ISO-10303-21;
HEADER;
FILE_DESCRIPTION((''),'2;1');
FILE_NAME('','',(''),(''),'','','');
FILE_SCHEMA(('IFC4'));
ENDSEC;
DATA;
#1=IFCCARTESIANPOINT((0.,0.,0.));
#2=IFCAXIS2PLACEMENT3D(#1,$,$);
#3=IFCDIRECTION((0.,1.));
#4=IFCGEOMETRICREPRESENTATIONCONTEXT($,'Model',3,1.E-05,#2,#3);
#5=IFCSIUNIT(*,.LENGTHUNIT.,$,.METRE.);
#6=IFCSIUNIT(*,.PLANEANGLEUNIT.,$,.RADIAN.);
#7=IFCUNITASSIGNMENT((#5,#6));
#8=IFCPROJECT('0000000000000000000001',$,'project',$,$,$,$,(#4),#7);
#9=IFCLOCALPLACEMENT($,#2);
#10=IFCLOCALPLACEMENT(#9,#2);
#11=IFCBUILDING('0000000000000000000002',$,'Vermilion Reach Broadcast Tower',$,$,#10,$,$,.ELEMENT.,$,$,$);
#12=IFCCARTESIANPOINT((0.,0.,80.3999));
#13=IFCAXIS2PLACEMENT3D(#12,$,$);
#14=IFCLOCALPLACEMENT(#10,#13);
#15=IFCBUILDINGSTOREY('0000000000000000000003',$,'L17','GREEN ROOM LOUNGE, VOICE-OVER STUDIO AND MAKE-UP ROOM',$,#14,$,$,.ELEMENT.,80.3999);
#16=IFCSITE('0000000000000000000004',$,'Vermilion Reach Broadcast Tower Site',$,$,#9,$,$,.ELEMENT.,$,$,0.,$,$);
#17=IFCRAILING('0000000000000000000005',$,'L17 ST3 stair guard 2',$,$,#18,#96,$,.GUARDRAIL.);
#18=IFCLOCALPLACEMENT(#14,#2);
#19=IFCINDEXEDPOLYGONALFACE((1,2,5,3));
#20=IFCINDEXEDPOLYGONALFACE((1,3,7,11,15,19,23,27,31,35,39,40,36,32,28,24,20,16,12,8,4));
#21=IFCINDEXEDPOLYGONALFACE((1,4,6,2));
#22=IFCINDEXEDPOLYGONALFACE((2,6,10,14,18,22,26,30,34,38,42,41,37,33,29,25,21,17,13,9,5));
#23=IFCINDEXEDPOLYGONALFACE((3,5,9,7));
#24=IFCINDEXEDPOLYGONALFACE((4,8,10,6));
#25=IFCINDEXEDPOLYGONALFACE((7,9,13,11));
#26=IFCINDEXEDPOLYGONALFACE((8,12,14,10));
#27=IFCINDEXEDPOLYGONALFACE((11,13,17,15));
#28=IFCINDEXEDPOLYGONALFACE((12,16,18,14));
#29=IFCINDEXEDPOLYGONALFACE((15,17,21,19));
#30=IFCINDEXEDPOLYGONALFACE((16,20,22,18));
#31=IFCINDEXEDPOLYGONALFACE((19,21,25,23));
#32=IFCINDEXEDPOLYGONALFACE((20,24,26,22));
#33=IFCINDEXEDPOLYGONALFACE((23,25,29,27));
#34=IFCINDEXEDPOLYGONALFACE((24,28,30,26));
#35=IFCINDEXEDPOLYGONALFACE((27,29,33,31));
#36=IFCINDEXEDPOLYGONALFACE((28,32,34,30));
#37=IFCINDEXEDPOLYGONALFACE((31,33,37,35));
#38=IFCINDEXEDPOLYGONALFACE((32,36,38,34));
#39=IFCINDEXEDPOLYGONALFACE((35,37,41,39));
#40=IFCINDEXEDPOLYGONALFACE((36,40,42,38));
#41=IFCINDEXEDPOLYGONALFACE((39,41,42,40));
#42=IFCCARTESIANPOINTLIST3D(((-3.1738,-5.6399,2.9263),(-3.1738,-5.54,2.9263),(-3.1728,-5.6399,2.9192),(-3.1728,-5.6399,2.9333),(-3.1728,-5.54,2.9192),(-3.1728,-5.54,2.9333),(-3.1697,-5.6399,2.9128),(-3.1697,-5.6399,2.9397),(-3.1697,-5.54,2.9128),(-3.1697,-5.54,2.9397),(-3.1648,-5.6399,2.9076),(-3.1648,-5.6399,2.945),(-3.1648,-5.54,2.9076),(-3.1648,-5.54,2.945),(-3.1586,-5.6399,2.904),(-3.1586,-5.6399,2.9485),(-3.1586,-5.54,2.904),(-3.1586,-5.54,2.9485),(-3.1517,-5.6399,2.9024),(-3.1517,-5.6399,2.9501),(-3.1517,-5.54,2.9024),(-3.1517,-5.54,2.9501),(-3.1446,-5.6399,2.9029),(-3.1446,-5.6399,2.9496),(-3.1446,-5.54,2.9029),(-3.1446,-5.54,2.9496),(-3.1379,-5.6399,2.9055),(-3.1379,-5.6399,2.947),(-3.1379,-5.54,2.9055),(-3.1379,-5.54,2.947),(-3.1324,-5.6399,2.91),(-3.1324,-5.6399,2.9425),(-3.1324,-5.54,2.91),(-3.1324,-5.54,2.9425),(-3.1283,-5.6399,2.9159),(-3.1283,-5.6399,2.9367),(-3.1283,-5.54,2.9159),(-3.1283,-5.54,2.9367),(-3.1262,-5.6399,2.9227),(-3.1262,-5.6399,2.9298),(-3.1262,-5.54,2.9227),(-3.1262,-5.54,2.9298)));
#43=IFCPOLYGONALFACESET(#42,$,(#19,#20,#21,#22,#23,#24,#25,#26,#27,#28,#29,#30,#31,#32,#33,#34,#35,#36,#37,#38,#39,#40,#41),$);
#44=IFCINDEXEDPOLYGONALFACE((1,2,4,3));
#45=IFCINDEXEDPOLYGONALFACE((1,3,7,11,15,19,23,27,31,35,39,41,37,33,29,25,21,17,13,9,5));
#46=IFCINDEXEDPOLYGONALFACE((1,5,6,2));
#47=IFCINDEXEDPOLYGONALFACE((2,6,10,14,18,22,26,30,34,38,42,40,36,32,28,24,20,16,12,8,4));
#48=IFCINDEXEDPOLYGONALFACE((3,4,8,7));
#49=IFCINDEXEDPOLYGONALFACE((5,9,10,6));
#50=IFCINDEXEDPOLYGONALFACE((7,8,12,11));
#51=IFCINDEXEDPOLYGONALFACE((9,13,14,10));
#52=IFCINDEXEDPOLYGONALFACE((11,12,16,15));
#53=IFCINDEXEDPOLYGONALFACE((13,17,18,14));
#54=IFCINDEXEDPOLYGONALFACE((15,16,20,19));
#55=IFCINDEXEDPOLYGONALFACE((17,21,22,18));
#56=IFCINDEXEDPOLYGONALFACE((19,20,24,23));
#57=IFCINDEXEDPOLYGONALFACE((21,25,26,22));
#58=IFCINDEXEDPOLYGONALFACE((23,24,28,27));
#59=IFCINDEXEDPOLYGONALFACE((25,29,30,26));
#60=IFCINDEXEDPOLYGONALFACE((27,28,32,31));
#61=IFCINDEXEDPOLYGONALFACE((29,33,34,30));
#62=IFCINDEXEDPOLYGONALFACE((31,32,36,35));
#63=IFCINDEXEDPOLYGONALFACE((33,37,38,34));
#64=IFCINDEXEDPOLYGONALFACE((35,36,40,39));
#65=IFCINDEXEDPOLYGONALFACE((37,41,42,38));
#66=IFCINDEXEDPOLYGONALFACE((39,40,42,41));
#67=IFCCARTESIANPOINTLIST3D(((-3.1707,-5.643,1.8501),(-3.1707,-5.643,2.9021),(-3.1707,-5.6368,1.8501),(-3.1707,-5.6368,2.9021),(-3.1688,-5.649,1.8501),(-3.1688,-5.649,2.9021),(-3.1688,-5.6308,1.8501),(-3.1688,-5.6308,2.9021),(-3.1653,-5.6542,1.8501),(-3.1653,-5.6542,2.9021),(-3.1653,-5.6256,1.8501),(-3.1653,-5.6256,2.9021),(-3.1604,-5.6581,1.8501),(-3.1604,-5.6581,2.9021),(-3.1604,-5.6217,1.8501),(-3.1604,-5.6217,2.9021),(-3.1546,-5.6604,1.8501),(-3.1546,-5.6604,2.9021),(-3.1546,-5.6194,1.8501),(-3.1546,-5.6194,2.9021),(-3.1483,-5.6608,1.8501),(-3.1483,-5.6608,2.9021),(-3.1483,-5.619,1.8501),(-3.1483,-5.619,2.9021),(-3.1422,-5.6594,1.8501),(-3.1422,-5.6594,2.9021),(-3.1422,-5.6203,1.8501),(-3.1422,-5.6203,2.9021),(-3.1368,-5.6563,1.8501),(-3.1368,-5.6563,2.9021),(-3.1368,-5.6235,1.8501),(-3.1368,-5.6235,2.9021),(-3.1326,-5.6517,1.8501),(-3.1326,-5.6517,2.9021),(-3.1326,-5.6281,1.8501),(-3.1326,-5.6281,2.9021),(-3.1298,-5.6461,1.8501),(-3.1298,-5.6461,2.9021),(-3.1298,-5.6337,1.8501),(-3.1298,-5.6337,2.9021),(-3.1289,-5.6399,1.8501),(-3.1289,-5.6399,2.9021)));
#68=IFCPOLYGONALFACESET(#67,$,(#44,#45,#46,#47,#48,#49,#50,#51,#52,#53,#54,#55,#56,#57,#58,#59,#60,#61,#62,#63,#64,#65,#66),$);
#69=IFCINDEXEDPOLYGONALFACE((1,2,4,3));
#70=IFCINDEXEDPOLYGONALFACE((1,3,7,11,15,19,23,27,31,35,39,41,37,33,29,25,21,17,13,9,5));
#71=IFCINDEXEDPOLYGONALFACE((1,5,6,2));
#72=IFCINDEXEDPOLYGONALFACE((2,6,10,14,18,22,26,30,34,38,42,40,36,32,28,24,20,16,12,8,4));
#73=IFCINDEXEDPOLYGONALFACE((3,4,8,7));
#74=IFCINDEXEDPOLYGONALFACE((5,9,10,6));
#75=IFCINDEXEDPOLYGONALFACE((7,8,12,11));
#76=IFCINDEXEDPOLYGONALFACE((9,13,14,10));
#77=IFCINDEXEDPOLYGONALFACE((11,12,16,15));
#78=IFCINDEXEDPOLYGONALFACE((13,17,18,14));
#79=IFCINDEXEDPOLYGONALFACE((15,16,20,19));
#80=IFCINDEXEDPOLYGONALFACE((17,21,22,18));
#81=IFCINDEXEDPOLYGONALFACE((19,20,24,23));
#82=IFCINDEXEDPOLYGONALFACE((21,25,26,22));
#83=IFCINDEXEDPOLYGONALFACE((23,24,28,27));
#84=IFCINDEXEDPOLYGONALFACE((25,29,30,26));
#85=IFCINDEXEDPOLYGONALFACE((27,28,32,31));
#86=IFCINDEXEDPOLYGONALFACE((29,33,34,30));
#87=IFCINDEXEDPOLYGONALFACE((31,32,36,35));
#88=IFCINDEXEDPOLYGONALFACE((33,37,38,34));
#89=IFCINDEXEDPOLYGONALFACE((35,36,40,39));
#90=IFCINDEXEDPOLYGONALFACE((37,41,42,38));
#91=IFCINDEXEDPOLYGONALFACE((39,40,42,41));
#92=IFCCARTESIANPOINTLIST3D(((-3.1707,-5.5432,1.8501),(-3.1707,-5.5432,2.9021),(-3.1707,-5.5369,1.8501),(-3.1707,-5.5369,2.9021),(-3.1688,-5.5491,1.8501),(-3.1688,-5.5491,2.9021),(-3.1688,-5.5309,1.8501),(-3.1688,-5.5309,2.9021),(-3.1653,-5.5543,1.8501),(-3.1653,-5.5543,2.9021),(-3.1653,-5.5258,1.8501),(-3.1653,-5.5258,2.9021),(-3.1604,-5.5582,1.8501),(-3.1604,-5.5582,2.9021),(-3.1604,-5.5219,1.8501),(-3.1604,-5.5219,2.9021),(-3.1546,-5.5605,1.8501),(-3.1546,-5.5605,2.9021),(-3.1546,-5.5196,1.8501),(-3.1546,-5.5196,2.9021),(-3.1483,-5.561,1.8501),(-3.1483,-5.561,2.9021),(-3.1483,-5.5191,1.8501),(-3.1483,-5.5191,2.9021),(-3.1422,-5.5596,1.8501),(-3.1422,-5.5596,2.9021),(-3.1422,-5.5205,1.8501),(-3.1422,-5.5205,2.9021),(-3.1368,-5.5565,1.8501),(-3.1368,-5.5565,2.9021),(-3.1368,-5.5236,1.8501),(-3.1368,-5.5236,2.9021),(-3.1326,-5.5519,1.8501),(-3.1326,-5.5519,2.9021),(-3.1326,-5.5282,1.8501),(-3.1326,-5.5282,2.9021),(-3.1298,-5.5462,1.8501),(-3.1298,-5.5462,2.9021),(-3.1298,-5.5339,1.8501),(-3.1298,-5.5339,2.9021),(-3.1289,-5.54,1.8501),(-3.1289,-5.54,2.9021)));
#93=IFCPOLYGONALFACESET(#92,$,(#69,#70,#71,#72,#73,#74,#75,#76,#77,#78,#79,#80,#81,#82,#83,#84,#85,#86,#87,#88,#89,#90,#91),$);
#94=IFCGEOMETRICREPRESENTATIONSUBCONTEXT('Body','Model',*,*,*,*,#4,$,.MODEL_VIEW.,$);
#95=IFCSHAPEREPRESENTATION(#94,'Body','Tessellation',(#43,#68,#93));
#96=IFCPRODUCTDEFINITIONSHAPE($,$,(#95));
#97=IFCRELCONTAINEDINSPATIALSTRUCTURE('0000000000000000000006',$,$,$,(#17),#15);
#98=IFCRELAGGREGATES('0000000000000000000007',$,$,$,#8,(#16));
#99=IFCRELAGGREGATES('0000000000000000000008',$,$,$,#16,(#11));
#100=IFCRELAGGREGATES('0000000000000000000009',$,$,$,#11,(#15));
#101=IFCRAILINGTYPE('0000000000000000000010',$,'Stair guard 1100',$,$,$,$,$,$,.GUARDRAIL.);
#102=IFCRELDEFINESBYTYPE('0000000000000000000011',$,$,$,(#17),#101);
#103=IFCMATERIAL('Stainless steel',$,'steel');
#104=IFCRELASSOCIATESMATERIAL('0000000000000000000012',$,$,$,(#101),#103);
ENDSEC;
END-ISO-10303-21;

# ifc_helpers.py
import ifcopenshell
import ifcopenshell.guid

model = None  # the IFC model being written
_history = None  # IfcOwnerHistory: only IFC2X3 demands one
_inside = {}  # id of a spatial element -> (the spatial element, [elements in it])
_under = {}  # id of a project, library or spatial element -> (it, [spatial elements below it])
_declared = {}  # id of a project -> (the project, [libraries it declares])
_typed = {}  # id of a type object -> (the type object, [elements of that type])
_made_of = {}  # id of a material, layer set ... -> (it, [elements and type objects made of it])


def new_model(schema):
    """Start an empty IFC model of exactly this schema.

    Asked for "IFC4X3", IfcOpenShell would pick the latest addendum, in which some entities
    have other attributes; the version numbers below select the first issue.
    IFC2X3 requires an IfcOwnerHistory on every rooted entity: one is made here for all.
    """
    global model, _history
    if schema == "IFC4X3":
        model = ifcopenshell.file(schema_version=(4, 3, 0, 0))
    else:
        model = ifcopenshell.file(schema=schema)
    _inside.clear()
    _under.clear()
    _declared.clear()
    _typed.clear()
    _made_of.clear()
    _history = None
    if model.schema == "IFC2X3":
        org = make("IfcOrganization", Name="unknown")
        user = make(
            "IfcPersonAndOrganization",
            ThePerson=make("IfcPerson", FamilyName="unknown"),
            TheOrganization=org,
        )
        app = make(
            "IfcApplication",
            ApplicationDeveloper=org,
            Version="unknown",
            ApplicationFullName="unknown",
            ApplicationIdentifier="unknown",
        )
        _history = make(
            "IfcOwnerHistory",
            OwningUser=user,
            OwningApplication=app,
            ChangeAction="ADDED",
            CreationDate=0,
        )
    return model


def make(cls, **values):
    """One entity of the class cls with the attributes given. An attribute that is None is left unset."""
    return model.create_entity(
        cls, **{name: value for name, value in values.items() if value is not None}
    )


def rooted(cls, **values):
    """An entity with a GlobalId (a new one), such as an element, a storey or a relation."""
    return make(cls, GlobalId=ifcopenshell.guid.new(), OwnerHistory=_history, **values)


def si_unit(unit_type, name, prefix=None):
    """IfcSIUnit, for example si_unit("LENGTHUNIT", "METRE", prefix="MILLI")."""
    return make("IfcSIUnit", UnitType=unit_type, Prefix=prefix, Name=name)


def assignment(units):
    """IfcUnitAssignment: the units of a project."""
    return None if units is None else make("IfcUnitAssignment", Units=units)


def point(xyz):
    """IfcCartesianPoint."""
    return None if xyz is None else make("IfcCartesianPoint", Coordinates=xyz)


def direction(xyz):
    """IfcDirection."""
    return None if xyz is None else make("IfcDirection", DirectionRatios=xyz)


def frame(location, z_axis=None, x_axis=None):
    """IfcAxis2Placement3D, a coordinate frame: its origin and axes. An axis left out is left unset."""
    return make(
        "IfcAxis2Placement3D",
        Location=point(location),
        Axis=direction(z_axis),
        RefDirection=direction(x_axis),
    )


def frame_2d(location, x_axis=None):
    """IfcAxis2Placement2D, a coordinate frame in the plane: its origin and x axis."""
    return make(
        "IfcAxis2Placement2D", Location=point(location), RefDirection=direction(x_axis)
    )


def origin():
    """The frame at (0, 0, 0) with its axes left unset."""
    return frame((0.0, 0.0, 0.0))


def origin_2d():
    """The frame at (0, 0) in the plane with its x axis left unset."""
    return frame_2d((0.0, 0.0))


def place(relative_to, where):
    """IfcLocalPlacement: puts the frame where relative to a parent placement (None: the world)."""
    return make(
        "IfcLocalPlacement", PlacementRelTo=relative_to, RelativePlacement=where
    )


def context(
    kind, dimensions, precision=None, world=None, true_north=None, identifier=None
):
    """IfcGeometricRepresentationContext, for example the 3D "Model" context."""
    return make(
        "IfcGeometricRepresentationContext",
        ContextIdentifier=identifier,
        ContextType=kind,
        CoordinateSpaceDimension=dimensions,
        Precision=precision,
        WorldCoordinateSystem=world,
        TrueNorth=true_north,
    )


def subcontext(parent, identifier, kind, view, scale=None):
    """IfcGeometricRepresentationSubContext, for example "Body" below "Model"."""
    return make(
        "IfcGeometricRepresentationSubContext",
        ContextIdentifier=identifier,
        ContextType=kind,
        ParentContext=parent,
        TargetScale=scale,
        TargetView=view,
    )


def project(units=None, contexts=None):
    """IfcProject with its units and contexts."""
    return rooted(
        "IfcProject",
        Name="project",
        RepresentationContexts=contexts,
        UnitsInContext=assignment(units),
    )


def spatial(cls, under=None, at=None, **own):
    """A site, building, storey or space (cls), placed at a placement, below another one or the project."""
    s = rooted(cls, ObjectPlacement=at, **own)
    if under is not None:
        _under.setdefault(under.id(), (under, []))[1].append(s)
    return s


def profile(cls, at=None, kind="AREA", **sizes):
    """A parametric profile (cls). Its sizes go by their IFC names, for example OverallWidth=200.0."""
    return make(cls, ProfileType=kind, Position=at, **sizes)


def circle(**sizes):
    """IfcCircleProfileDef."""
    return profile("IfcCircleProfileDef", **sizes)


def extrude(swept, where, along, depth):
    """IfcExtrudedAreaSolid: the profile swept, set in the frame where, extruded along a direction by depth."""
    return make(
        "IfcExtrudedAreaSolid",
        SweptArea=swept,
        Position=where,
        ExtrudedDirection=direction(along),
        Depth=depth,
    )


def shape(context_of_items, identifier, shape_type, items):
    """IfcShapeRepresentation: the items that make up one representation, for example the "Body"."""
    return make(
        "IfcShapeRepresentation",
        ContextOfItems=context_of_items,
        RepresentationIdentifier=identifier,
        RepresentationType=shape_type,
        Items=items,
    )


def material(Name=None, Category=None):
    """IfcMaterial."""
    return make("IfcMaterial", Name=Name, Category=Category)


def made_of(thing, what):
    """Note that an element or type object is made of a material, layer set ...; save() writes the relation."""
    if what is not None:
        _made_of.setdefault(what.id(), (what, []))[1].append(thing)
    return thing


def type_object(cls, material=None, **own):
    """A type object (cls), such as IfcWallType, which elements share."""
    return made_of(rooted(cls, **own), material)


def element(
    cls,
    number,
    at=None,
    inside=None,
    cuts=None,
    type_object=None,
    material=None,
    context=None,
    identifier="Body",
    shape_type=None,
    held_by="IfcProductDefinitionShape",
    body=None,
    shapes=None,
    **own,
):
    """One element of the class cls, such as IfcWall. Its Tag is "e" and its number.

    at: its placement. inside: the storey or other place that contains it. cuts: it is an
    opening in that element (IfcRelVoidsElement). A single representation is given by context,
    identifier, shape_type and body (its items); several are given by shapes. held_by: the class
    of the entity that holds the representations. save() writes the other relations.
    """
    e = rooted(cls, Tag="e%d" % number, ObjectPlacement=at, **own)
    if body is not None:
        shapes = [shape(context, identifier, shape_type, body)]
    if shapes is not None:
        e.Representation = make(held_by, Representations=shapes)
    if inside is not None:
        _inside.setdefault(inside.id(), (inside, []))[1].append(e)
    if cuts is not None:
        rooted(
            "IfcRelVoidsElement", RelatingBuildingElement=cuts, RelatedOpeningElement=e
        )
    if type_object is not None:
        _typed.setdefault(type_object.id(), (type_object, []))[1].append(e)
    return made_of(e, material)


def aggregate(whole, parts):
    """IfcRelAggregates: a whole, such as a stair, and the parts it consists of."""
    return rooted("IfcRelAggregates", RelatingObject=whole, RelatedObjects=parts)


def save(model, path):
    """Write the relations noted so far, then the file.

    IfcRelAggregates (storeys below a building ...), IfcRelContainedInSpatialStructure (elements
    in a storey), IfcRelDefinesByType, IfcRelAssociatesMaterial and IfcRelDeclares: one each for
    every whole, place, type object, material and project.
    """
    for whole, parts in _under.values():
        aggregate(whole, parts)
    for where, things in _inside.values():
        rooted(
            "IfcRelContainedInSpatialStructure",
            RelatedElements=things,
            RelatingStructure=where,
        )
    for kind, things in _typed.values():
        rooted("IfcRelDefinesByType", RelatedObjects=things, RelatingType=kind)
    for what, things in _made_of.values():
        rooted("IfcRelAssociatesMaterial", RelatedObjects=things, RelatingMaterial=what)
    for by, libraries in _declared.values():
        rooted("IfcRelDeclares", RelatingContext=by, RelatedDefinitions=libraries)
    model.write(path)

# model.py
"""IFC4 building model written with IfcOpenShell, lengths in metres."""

from ifc_helpers import new_model, si_unit, direction, frame, origin, origin_2d, place, context, subcontext, project, spatial, circle, extrude, material, type_object, element, save


model = new_model("IFC4")

# Units and contexts
model_context = context("Model", 3, precision=1e-05, world=origin(), true_north=direction((0.0, 1.0)))
body_context = subcontext(model_context, "Body", "Model", "MODEL_VIEW")
ifc_project = project(units=[si_unit("LENGTHUNIT", "METRE"), si_unit("PLANEANGLEUNIT", "RADIAN")], contexts=[model_context])

# Site, building, storey
site_placement = place(None, origin())
site = spatial("IfcSite", under=ifc_project, at=site_placement, Name="Vermilion Reach Broadcast Tower Site", CompositionType="ELEMENT", RefElevation=0.0)
building_placement = place(site_placement, origin())
building = spatial("IfcBuilding", under=site, at=building_placement, Name="Vermilion Reach Broadcast Tower", CompositionType="ELEMENT")
storey_placement = place(building_placement, frame((0.0, 0.0, 80.3999)))
storey = spatial("IfcBuildingStorey", under=building, at=storey_placement, Name="L17", Description="GREEN ROOM LOUNGE, VOICE-OVER STUDIO AND MAKE-UP ROOM", CompositionType="ELEMENT", Elevation=80.3999)

# Railing
ifc_material_1 = material(Name="Stainless steel", Category="steel")
railing_type_1 = type_object("IfcRailingType", Name="Stair guard 1100", PredefinedType="GUARDRAIL", material=ifc_material_1)
railing_1_placement = place(storey_placement, frame((-3.1499, -5.6399, 1.8501)))
element("IfcRailing", 1, at=railing_1_placement, inside=storey, type_object=railing_type_1, Name="L17 ST3 stair guard 2", PredefinedType="GUARDRAIL", context=body_context, shape_type="SweptSolid", body=[
    extrude(circle(Radius=0.0239, at=origin_2d()), frame((0.0, 0.0, 1.0762), z_axis=(0.0, 1.0, 0.0), x_axis=(-1.0, 0.0, 0.0)), (0.0, 0.0, 1.0), 0.0999),
    extrude(circle(Radius=0.021, at=origin_2d()), origin(), (0.0, 0.0, 1.0), 1.052),
    extrude(circle(Radius=0.021, at=origin_2d()), frame((0.0, 0.0999, 0.0)), (0.0, 0.0, 1.0), 1.052),
])

save(model, "model.ifc")
